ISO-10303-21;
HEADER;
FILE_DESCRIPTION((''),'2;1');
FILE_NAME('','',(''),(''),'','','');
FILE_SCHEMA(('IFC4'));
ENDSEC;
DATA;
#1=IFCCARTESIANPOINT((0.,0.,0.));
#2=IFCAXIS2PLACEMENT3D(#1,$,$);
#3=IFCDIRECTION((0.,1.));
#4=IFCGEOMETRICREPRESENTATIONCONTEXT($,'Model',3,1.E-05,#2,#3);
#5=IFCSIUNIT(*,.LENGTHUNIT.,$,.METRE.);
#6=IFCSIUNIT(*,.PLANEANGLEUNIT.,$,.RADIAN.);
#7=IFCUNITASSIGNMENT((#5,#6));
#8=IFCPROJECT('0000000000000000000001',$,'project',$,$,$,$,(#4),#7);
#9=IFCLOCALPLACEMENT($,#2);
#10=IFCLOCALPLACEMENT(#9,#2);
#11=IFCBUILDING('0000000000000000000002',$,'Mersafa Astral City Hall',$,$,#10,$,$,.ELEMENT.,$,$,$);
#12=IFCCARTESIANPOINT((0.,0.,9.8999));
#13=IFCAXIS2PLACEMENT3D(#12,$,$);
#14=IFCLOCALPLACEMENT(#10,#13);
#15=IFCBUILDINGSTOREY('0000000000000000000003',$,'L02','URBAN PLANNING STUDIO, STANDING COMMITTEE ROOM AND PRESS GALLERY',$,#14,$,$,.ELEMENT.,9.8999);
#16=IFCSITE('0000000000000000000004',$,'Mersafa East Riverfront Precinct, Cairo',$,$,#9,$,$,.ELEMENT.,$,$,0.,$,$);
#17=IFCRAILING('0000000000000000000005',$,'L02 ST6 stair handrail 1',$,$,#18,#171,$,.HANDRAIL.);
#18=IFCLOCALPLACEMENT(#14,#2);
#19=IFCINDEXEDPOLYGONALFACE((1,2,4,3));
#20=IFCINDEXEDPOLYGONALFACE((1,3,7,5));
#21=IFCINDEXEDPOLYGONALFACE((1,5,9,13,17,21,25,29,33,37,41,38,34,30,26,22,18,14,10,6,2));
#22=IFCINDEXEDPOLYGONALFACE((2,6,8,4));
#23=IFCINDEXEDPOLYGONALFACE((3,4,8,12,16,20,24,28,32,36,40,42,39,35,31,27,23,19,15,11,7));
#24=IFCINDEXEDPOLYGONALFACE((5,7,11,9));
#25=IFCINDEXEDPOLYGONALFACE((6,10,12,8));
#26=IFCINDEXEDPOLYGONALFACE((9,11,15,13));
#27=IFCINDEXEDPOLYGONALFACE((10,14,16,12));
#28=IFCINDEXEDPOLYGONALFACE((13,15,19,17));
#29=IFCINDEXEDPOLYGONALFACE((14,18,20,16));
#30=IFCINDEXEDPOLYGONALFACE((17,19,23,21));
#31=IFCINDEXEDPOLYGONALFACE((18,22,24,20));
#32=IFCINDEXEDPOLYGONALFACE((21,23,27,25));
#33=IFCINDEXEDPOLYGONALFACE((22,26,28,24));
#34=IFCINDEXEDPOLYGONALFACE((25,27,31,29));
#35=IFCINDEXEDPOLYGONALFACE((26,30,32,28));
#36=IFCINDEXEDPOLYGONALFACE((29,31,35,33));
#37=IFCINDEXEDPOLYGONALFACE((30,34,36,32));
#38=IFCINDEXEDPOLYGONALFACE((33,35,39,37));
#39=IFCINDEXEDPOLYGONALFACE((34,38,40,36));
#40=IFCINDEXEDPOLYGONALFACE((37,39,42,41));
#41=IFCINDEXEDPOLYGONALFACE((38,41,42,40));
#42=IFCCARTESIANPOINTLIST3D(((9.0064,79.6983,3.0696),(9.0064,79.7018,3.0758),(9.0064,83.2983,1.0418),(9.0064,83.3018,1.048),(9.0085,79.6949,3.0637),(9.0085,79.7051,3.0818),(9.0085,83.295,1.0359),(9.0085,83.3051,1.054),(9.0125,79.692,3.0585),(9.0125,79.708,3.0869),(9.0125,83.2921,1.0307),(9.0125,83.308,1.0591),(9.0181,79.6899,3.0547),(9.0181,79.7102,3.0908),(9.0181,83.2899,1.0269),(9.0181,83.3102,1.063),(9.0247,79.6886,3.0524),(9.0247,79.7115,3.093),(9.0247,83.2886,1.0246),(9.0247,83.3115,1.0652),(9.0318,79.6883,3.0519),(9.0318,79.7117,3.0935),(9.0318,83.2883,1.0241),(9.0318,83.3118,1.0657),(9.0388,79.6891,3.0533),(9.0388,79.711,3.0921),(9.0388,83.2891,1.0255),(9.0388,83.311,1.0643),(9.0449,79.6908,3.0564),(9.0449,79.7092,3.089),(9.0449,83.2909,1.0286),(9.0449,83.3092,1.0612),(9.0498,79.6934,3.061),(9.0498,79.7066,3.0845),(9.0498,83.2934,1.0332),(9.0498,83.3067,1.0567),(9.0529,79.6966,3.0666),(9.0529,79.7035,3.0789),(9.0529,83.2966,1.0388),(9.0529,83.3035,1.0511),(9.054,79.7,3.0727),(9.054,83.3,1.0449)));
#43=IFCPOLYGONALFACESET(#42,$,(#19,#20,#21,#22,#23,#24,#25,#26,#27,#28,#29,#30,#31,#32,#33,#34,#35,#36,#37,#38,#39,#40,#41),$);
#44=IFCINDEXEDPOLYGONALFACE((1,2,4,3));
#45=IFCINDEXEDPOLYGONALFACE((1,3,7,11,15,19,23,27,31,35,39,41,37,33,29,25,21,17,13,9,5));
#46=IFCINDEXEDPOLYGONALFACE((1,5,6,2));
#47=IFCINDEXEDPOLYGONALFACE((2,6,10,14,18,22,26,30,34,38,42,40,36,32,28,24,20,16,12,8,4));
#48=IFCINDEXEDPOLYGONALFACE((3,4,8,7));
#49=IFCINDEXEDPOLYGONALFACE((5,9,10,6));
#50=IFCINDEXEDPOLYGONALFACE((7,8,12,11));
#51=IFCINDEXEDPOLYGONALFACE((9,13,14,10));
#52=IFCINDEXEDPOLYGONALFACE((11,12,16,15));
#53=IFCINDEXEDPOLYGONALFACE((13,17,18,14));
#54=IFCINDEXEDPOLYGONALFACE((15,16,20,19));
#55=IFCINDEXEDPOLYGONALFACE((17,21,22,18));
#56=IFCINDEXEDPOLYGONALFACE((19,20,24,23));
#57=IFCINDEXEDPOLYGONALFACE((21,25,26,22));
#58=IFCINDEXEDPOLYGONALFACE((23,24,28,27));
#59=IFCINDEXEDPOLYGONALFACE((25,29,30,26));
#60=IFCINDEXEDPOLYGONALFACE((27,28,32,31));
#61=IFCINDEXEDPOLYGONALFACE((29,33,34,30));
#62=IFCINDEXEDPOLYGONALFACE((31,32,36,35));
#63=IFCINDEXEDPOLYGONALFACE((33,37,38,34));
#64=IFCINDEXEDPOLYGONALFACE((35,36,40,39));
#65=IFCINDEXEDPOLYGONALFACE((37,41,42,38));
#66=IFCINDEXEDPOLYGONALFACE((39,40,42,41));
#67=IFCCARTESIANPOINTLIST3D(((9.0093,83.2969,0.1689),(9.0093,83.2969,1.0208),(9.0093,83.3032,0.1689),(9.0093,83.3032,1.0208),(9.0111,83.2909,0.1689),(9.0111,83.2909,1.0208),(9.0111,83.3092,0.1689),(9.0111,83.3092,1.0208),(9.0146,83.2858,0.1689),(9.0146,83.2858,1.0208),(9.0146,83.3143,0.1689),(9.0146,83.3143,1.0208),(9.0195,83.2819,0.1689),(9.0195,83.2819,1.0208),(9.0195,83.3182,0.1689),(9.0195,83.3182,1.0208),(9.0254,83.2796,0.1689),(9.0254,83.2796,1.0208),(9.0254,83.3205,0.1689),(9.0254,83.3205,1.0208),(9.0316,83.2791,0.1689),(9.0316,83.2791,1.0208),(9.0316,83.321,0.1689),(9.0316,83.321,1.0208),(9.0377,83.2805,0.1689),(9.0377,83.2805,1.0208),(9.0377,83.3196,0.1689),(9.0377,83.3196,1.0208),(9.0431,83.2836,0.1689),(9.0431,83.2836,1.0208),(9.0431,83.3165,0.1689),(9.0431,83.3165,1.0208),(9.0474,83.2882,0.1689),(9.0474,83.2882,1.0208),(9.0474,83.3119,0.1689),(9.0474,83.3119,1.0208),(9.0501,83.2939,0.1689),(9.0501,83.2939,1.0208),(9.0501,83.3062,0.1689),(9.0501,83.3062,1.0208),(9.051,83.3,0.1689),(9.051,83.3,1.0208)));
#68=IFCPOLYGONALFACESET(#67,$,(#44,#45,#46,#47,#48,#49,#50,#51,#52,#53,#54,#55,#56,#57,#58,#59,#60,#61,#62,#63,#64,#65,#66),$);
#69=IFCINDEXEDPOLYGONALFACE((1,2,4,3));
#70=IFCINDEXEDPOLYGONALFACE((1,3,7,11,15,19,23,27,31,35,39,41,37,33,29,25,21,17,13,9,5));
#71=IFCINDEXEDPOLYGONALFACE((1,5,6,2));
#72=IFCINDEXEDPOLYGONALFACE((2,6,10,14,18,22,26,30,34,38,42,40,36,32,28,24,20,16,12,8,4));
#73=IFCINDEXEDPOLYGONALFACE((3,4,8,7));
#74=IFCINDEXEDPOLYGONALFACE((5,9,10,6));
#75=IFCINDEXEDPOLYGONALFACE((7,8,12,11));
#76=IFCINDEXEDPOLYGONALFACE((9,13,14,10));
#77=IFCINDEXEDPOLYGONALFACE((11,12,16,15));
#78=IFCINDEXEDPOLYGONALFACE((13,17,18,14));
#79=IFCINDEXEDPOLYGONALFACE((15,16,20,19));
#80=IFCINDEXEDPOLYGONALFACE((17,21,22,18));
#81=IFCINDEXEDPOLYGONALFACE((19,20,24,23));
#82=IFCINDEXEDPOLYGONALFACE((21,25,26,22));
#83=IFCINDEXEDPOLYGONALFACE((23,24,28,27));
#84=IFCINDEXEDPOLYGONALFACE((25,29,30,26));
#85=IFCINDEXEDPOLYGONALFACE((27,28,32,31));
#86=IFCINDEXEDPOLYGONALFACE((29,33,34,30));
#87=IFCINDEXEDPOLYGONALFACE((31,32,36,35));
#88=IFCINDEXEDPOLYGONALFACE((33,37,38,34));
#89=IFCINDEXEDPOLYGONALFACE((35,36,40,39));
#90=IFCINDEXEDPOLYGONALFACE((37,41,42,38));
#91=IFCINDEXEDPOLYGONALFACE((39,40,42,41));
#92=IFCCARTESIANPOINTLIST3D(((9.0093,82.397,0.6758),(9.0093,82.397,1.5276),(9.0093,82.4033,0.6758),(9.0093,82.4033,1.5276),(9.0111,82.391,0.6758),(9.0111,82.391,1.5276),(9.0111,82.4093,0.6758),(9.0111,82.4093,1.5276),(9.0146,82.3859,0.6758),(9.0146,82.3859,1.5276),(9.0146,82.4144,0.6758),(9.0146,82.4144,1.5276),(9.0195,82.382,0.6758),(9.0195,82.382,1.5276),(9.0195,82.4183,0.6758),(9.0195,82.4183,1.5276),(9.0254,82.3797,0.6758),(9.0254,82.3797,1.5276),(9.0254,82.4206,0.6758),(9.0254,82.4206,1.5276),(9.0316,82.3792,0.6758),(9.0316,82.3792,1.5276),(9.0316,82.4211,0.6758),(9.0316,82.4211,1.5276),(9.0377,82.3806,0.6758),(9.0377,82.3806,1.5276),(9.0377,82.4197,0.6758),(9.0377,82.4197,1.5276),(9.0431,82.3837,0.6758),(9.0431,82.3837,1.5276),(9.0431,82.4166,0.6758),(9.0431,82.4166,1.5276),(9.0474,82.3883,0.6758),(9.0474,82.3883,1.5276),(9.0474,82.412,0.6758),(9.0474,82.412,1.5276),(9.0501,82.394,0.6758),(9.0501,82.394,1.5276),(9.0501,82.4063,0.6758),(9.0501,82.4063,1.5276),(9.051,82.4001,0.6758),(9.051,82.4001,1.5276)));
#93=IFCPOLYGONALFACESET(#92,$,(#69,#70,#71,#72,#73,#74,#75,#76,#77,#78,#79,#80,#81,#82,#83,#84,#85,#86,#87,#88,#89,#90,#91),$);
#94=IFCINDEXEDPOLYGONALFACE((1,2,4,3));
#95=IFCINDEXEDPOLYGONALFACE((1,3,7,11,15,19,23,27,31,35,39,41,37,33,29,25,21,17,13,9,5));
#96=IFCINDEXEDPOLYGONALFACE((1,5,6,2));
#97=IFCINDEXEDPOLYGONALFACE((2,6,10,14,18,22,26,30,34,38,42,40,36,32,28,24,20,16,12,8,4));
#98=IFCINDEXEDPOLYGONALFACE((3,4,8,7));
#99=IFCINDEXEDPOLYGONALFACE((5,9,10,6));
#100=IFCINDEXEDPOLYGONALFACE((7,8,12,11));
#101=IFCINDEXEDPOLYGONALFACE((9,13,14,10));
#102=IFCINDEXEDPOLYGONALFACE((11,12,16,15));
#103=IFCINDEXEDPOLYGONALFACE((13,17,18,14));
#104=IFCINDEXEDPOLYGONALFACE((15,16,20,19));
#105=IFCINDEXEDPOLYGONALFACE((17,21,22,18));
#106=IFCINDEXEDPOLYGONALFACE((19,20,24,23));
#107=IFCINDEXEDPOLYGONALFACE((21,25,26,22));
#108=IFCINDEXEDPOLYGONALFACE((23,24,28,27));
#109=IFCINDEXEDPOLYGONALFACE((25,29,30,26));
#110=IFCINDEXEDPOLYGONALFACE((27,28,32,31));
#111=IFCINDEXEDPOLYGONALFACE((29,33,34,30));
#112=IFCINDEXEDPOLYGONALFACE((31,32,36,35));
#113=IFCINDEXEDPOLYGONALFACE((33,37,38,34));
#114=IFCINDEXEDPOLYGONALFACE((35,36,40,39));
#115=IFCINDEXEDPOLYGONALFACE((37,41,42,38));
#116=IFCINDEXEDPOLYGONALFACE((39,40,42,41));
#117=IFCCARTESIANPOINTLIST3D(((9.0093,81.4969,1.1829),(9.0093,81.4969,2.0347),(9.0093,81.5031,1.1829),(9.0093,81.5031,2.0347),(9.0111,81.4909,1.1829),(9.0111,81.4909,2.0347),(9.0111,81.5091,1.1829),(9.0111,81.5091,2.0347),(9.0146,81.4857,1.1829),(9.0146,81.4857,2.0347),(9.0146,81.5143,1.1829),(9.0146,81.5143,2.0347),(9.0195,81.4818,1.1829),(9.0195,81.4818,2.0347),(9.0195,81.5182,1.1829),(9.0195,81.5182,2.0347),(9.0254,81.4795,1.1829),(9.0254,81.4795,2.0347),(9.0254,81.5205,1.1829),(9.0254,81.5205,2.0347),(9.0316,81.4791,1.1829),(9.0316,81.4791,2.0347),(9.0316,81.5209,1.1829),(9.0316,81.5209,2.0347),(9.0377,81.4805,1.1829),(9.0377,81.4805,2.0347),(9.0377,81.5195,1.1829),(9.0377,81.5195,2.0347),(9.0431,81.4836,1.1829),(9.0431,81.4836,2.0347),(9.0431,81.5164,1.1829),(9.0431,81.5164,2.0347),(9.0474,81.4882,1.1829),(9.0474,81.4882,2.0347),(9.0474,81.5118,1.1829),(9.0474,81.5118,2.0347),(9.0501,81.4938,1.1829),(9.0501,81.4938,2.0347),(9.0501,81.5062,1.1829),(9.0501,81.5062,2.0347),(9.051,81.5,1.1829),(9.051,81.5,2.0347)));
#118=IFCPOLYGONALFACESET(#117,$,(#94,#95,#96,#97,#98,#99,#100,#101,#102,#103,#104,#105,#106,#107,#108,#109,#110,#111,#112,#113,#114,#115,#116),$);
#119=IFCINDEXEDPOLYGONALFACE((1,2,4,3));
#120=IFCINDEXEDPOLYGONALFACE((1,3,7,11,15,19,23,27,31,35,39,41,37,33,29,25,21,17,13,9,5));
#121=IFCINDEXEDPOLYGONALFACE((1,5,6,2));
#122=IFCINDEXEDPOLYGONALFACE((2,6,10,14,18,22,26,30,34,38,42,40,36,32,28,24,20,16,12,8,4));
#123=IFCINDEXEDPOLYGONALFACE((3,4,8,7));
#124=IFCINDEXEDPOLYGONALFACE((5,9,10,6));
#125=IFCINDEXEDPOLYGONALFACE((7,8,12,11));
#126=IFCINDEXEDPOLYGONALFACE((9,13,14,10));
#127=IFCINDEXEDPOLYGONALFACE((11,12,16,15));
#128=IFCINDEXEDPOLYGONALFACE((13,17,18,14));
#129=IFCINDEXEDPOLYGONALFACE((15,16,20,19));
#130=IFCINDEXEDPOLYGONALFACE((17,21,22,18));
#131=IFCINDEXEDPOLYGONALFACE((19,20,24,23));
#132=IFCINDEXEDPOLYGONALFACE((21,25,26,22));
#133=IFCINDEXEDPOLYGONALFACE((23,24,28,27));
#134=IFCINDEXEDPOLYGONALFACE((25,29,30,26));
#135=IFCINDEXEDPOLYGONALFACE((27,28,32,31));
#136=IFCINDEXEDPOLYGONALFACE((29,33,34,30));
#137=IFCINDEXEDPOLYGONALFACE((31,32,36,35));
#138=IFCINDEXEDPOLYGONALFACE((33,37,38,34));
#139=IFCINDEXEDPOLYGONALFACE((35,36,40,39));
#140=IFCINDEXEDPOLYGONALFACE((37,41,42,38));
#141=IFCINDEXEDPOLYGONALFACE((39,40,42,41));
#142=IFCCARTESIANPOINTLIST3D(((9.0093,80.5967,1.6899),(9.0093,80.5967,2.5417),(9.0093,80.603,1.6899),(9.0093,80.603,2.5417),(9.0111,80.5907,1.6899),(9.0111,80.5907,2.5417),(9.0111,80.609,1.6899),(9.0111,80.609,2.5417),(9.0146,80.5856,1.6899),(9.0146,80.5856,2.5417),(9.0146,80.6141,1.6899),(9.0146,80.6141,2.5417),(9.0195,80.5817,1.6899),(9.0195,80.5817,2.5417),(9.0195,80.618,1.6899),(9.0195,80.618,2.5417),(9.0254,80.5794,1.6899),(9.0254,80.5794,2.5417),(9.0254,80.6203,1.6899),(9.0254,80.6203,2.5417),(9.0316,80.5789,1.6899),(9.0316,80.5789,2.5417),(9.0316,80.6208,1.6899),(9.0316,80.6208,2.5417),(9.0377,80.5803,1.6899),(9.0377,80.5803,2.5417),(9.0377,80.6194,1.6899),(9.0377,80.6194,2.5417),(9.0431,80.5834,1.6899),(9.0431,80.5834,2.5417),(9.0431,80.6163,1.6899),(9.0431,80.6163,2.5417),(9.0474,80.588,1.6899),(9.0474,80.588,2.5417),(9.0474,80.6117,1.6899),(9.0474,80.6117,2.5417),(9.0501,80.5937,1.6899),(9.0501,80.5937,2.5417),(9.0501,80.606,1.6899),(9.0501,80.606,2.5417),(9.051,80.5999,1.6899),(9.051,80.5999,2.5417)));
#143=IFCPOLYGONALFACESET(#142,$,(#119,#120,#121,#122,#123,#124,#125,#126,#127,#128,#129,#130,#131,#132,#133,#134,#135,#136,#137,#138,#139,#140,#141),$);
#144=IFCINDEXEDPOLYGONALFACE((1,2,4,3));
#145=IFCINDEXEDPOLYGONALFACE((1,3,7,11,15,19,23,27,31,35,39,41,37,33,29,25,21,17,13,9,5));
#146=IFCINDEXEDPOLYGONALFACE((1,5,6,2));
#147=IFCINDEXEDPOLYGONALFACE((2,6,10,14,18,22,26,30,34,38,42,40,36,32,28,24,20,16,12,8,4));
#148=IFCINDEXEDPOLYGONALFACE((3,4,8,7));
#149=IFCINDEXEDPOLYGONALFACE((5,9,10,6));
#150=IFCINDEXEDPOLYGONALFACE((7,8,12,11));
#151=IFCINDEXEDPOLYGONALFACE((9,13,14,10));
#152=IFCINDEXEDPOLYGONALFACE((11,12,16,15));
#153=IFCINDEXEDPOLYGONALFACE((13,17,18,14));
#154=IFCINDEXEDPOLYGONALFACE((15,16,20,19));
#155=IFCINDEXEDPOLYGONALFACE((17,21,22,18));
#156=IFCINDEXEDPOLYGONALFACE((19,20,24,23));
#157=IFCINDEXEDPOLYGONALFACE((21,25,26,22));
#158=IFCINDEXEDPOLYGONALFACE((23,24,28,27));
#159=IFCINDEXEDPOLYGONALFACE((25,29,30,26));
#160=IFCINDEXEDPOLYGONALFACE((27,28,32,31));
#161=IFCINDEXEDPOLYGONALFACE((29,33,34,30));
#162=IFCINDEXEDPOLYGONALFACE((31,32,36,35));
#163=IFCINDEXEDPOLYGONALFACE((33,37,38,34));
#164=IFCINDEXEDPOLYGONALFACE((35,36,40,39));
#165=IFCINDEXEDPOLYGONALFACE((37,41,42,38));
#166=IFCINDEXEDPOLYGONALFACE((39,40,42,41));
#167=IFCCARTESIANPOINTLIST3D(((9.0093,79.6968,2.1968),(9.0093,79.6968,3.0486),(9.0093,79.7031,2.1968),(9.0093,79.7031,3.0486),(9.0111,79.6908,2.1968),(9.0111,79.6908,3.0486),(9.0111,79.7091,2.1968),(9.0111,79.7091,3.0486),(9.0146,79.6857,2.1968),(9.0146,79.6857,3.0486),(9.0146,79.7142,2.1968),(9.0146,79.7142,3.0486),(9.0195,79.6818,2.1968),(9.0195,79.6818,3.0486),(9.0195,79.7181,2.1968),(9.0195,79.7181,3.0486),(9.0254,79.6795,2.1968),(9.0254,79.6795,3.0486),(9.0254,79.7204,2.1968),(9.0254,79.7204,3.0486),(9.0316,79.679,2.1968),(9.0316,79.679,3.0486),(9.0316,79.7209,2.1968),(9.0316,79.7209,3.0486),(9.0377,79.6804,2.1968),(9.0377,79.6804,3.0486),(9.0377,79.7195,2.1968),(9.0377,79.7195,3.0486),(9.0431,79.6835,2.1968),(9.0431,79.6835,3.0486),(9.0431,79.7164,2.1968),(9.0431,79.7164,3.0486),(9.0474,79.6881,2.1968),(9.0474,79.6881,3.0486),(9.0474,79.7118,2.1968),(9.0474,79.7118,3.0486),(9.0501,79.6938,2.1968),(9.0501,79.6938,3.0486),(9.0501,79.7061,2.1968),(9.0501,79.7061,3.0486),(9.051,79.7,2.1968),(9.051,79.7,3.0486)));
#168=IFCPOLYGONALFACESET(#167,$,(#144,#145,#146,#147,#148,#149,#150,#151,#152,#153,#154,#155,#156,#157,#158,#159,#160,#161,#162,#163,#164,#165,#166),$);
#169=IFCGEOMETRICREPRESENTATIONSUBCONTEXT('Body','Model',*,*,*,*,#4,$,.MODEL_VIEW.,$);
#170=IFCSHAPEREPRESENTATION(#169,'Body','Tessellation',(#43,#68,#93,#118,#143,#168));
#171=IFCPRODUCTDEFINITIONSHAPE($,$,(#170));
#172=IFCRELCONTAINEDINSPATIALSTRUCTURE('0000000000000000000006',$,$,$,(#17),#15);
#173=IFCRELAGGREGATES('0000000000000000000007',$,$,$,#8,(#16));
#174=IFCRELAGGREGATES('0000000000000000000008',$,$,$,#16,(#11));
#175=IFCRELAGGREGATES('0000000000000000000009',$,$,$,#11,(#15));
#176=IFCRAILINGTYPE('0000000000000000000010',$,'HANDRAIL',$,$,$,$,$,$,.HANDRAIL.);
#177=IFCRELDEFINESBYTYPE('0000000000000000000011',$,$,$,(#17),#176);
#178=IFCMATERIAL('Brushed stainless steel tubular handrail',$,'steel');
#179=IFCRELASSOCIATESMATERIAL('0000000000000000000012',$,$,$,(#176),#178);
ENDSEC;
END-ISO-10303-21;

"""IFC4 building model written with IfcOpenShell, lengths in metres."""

from ifc_helpers import new_model, si_unit, direction, frame, origin, origin_2d, place, context, subcontext, project, spatial, circle, extrude, material, type_object, element, save


model = new_model("IFC4")

# Units and contexts
model_context = context("Model", 3, precision=1e-05, world=origin(), true_north=direction((0.0, 1.0)))
body_context = subcontext(model_context, "Body", "Model", "MODEL_VIEW")
ifc_project = project(units=[si_unit("LENGTHUNIT", "METRE"), si_unit("PLANEANGLEUNIT", "RADIAN")], contexts=[model_context])

# Site, building, storey
site_placement = place(None, origin())
site = spatial("IfcSite", under=ifc_project, at=site_placement, Name="Mersafa East Riverfront Precinct, Cairo", CompositionType="ELEMENT", RefElevation=0.0)
building_placement = place(site_placement, origin())
building = spatial("IfcBuilding", under=site, at=building_placement, Name="Mersafa Astral City Hall", CompositionType="ELEMENT")
storey_placement = place(building_placement, frame((0.0, 0.0, 9.8999)))
storey = spatial("IfcBuildingStorey", under=building, at=storey_placement, Name="L02", Description="URBAN PLANNING STUDIO, STANDING COMMITTEE ROOM AND PRESS GALLERY", CompositionType="ELEMENT", Elevation=9.8999)

# Railing
ifc_material_1 = material(Name="Brushed stainless steel tubular handrail", Category="steel")
railing_type_1 = type_object("IfcRailingType", Name="HANDRAIL", PredefinedType="HANDRAIL", material=ifc_material_1)
railing_1_placement = place(storey_placement, frame((9.03, 83.3, 0.1689)))
element("IfcRailing", 1, at=railing_1_placement, inside=storey, type_object=railing_type_1, Name="L02 ST6 stair handrail 1", PredefinedType="HANDRAIL", context=body_context, shape_type="SweptSolid", body=[
    extrude(circle(Radius=0.0239, at=origin_2d()), frame((0.0, 0.0, 0.876), z_axis=(0.0, -0.871288, 0.490772), x_axis=(1.0, 0.0, 0.0)), (0.0, 0.0, 1.0), 4.1318),
    extrude(circle(Radius=0.021, at=origin_2d()), origin(), (0.0, 0.0, 1.0), 0.8518),
    extrude(circle(Radius=0.021, at=origin_2d()), frame((0.0, -0.8999, 0.5068)), (0.0, 0.0, 1.0), 0.8518),
    extrude(circle(Radius=0.021, at=origin_2d()), frame((0.0, -1.8, 1.0139)), (0.0, 0.0, 1.0), 0.8518),
    extrude(circle(Radius=0.021, at=origin_2d()), frame((0.0, -2.7002, 1.521)), (0.0, 0.0, 1.0), 0.8518),
    extrude(circle(Radius=0.021, at=origin_2d()), frame((0.0, -3.6001, 2.0278)), (0.0, 0.0, 1.0), 0.8518),
])

save(model, "model.ifc")
